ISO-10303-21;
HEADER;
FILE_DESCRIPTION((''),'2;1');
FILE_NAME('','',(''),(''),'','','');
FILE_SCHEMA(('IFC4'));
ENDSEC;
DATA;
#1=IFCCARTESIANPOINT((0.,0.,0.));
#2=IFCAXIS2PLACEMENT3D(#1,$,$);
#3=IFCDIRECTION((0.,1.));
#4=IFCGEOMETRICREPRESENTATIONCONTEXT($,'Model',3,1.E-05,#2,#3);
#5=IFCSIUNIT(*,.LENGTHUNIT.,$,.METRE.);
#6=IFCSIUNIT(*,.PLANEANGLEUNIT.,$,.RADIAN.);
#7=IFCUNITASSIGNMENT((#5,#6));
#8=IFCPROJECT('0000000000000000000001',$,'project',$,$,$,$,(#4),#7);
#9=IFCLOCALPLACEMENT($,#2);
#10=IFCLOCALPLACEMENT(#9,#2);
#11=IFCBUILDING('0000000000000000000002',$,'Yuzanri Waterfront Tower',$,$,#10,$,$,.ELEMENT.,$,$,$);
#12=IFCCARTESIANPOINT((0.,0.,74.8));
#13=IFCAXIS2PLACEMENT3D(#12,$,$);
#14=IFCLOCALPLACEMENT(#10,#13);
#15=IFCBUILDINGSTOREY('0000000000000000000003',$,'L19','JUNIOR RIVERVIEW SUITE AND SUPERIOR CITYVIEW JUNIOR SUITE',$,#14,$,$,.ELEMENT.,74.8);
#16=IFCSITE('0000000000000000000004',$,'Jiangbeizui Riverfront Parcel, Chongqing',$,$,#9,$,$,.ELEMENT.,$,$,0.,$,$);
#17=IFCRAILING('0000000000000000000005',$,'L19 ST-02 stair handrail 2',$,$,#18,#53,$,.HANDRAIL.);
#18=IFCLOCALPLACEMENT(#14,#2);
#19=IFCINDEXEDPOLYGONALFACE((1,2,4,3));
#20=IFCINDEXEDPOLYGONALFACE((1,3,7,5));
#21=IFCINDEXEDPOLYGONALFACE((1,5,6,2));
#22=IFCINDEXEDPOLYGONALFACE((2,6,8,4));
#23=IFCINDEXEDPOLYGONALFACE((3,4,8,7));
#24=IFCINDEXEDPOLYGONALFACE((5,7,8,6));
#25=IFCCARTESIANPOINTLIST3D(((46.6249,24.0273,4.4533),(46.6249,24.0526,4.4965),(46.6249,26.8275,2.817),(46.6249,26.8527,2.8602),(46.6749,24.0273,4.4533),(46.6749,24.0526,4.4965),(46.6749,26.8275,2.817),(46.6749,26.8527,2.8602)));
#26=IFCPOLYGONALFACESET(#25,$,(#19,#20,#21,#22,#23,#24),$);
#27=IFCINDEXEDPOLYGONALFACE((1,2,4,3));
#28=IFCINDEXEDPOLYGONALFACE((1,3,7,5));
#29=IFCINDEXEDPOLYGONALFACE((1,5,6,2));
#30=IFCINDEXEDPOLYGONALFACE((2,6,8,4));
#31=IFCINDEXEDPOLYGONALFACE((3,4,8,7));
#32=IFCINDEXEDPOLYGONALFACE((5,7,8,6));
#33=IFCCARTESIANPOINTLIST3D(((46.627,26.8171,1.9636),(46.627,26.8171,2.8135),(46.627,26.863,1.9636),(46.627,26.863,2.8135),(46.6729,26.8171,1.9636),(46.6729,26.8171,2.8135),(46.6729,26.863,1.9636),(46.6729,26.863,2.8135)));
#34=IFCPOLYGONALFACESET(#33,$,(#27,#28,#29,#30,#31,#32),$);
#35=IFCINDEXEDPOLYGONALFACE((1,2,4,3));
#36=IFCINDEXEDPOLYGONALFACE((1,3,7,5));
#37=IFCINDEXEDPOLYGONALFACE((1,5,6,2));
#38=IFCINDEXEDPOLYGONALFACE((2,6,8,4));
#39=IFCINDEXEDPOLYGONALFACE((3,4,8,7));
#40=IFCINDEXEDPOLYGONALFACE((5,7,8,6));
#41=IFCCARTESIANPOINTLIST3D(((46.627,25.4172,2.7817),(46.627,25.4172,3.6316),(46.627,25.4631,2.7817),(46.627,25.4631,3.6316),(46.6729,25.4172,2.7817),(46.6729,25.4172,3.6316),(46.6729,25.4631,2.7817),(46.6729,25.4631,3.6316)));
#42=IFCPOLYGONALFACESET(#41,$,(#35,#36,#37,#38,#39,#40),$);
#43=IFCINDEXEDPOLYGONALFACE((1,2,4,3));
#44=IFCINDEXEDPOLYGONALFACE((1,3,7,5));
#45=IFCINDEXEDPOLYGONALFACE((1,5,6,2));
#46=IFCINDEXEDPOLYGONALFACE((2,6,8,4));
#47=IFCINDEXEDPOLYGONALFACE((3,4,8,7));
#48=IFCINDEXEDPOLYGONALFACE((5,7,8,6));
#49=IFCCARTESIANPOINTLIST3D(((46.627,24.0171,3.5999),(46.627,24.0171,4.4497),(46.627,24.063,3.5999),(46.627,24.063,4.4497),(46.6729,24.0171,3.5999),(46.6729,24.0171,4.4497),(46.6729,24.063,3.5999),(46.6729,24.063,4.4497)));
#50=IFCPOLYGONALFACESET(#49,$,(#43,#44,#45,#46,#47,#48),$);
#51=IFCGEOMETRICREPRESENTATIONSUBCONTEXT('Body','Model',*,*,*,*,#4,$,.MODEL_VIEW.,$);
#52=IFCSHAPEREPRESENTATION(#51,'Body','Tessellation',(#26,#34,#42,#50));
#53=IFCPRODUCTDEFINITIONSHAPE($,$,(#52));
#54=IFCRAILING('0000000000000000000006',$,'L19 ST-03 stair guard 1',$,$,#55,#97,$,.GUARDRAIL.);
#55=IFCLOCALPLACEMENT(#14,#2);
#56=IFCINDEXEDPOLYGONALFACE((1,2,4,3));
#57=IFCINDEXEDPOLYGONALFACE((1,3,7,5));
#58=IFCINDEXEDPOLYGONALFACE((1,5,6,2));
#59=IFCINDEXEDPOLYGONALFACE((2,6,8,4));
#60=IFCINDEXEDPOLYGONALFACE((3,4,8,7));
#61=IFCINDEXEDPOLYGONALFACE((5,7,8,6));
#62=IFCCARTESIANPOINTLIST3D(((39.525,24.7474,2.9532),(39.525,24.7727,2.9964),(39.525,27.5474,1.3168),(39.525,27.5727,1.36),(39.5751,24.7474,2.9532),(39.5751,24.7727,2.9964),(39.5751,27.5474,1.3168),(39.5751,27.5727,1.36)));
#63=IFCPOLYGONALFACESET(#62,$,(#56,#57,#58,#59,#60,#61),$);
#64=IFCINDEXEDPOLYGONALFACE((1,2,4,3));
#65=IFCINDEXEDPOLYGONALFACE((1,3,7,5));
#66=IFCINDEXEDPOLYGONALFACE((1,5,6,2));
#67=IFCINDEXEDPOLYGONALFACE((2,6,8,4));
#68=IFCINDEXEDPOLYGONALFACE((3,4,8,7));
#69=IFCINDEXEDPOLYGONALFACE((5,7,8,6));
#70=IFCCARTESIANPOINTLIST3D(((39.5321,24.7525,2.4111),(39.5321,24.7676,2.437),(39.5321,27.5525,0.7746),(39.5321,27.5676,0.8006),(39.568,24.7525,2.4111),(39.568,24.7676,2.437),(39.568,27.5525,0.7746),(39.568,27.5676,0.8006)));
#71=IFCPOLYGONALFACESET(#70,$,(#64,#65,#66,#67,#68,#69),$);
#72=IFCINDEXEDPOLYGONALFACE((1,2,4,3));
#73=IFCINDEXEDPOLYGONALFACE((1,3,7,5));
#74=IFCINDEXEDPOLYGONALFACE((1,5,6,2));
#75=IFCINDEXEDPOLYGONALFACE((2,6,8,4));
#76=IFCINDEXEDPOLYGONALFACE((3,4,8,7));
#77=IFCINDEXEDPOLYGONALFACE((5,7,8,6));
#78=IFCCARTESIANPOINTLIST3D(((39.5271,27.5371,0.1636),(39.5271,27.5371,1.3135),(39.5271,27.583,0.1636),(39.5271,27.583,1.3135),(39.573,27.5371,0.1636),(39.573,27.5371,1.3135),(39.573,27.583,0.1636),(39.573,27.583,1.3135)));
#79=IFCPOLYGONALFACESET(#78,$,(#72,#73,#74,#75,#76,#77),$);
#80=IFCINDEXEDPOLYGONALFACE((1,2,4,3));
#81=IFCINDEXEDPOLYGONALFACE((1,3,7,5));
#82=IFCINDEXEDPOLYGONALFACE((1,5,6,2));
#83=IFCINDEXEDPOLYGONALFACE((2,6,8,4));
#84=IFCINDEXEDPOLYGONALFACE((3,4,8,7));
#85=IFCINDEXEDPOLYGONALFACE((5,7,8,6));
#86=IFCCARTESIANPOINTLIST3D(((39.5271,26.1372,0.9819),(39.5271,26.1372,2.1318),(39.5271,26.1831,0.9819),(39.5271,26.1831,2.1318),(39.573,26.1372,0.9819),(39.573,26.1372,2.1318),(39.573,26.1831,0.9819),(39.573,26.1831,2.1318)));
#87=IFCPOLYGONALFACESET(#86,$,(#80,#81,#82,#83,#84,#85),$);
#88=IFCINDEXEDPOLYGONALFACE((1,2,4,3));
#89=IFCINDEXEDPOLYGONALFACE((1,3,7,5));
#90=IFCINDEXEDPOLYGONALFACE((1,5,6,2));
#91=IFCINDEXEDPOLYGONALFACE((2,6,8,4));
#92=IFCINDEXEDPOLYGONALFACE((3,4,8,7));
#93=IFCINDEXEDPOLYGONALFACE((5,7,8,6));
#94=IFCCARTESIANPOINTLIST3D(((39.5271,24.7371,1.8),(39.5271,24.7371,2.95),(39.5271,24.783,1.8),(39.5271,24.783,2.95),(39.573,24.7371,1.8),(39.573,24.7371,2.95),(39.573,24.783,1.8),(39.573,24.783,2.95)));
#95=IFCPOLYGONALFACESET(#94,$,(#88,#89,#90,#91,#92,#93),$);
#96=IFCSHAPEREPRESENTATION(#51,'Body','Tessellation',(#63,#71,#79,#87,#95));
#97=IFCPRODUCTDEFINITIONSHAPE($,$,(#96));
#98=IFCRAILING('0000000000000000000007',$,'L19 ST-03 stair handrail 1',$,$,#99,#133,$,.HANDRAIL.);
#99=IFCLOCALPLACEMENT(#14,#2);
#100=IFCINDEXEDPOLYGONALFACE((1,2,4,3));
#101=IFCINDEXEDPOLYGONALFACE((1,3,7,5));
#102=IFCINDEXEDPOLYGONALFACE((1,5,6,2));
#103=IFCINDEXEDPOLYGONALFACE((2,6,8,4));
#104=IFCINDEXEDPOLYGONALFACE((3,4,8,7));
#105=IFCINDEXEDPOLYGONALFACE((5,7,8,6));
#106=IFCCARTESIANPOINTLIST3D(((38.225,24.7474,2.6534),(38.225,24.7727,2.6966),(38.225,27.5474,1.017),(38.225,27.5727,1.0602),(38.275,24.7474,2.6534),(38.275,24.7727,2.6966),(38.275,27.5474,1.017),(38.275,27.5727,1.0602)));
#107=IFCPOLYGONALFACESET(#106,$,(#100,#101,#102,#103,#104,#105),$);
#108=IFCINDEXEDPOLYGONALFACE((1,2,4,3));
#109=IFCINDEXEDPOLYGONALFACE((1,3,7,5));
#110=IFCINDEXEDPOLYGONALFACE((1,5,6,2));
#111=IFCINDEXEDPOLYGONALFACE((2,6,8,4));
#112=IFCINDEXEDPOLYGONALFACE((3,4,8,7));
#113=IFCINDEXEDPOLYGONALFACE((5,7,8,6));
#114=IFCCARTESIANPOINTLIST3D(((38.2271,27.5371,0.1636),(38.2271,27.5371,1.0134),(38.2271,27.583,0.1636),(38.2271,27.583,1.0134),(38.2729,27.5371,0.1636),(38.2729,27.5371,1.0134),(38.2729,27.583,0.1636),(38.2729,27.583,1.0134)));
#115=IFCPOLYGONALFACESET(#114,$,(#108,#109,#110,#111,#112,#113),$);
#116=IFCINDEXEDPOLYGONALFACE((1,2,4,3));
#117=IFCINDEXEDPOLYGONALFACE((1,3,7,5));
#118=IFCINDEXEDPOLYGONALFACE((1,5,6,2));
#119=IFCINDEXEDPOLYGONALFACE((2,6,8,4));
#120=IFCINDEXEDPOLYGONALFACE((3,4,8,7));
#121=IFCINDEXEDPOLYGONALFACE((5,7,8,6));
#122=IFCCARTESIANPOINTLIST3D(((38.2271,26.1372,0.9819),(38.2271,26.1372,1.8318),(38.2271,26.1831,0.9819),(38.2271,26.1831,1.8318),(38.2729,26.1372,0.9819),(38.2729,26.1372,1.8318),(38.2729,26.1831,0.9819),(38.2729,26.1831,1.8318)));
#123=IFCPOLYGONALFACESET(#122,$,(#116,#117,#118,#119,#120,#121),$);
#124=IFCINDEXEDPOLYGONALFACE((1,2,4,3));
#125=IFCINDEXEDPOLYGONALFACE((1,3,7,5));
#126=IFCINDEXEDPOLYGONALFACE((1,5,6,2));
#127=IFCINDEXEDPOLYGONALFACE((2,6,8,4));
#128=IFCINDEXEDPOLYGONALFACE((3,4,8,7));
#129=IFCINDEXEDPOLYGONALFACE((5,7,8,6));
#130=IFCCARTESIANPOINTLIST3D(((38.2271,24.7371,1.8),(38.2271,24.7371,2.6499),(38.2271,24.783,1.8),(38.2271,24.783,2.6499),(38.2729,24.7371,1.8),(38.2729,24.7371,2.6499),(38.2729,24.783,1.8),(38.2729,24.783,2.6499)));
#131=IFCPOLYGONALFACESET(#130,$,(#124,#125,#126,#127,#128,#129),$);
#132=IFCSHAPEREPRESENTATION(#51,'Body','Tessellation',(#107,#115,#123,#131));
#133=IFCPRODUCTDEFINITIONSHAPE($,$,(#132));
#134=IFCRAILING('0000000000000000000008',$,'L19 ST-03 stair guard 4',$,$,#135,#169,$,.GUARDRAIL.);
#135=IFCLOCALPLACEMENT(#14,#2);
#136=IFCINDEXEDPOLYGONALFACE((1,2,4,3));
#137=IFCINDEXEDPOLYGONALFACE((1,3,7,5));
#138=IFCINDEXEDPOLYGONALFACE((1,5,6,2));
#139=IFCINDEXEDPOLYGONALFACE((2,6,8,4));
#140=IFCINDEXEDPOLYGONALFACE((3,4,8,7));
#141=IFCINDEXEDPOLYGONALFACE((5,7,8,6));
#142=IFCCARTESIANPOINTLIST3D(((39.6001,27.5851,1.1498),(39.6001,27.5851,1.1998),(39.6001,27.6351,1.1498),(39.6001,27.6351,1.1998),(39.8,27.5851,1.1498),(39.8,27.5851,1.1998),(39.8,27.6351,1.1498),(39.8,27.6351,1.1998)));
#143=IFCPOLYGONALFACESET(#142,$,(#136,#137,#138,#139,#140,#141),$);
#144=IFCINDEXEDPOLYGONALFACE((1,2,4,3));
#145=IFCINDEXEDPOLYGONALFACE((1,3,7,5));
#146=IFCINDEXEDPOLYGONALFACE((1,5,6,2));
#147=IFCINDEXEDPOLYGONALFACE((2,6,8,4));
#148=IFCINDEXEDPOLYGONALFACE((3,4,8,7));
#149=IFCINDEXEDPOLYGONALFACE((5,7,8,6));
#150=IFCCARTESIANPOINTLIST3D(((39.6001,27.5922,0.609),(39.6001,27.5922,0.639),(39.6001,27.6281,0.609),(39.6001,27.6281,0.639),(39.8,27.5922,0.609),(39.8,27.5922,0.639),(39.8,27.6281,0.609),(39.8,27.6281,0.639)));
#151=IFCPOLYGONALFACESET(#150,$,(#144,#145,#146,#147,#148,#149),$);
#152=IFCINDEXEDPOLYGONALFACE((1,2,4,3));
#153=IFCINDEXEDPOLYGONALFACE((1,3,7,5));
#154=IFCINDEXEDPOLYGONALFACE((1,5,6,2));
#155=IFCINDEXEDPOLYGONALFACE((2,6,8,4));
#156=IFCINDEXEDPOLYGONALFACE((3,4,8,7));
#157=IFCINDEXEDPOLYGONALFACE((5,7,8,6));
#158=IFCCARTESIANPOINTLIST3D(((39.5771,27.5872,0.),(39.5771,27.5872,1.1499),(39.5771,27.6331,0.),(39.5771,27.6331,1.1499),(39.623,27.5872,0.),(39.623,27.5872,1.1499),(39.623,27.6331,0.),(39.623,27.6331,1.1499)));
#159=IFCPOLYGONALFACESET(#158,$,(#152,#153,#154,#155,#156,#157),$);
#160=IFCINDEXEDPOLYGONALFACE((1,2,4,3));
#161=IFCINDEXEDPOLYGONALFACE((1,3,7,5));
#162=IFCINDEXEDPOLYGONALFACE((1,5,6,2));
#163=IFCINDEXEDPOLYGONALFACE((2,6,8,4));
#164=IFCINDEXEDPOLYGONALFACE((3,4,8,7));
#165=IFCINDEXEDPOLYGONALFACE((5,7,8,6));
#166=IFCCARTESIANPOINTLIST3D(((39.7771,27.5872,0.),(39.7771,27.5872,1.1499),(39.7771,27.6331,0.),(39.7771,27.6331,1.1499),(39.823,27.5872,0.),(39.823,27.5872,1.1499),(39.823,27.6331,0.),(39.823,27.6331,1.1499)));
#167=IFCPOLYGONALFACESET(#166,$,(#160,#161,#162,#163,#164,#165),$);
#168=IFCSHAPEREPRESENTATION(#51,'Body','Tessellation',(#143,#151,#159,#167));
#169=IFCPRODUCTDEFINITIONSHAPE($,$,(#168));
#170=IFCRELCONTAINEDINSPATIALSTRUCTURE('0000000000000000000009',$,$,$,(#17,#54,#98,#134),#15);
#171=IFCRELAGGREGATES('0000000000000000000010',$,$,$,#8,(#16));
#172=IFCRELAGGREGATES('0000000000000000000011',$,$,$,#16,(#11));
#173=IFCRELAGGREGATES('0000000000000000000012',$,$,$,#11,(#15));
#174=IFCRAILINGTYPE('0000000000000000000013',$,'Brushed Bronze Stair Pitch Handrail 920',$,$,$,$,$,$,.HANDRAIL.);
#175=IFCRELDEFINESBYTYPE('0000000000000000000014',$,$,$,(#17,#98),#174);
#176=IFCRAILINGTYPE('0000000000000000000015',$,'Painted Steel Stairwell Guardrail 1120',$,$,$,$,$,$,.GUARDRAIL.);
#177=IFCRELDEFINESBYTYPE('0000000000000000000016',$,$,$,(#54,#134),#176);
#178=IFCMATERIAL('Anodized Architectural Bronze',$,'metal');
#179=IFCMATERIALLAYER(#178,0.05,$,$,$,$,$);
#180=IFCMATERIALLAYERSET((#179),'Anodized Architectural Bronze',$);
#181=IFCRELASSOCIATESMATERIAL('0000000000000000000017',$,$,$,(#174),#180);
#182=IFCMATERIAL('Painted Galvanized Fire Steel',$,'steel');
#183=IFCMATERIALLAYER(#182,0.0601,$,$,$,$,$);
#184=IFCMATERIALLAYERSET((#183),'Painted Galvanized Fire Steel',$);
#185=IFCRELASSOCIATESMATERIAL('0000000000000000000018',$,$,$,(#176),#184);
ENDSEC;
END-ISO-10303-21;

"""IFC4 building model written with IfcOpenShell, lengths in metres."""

from ifc_helpers import new_model, si_unit, direction, frame, origin, origin_2d, place, context, subcontext, project, spatial, rectangle, extrude, source, transform, mapped, material, layer, layer_set, type_object, element, save


model = new_model("IFC4")

# Units and contexts
model_context = context("Model", 3, precision=1e-05, world=origin(), true_north=direction((0.0, 1.0)))
body_context = subcontext(model_context, "Body", "Model", "MODEL_VIEW")
ifc_project = project(units=[si_unit("LENGTHUNIT", "METRE"), si_unit("PLANEANGLEUNIT", "RADIAN")], contexts=[model_context])

# Site, building, storey
site_placement = place(None, origin())
site = spatial("IfcSite", under=ifc_project, at=site_placement, Name="Jiangbeizui Riverfront Parcel, Chongqing", CompositionType="ELEMENT", RefElevation=0.0)
building_placement = place(site_placement, origin())
building = spatial("IfcBuilding", under=site, at=building_placement, Name="Yuzanri Waterfront Tower", CompositionType="ELEMENT")
storey_placement = place(building_placement, frame((0.0, 0.0, 74.8)))
storey = spatial("IfcBuildingStorey", under=building, at=storey_placement, Name="L19", Description="JUNIOR RIVERVIEW SUITE AND SUPERIOR CITYVIEW JUNIOR SUITE", CompositionType="ELEMENT", Elevation=74.8)

# Railings
ifc_material_1 = material(Name="Anodized Architectural Bronze", Category="metal")
ifc_layer_1 = layer(ifc_material_1, 0.05)
ifc_layer_set_1 = layer_set([ifc_layer_1], Name="Anodized Architectural Bronze")
railing_type_1 = type_object("IfcRailingType", Name="Brushed Bronze Stair Pitch Handrail 920", PredefinedType="HANDRAIL", material=ifc_layer_set_1)
shared_shape_1 = source(origin(), body_context, "Body", "SweptSolid", [
    extrude(rectangle(XDim=0.05, YDim=0.05, at=origin_2d()), frame((0.0, 0.0, 0.875), z_axis=(0.0, -0.863394, 0.504531), x_axis=(1.0, 0.0, 0.0)), (0.0, 0.0, 1.0), 3.2432),
    extrude(rectangle(XDim=0.0459, YDim=0.0459, at=origin_2d()), origin(), (0.0, 0.0, 1.0), 0.8499),
    extrude(rectangle(XDim=0.0459, YDim=0.0459, at=origin_2d()), frame((0.0, -1.3999, 0.8181)), (0.0, 0.0, 1.0), 0.8499),
    extrude(rectangle(XDim=0.0459, YDim=0.0459, at=origin_2d()), frame((0.0, -2.8, 1.6362)), (0.0, 0.0, 1.0), 0.8499),
])
railing_1_placement = place(storey_placement, frame((46.6499, 26.8401, 1.9636)))
element("IfcRailing", 1, at=railing_1_placement, inside=storey, type_object=railing_type_1, Name="L19 ST-02 stair handrail 2", PredefinedType="HANDRAIL", context=body_context, shape_type="MappedRepresentation", body=[
    mapped(shared_shape_1, transform((0.0, 0.0, 0.0), scale=1.0)),
])
ifc_material_2 = material(Name="Painted Galvanized Fire Steel", Category="steel")
ifc_layer_2 = layer(ifc_material_2, 0.0601)
ifc_layer_set_2 = layer_set([ifc_layer_2], Name="Painted Galvanized Fire Steel")
railing_type_2 = type_object("IfcRailingType", Name="Painted Steel Stairwell Guardrail 1120", PredefinedType="GUARDRAIL", material=ifc_layer_set_2)
shared_shape_2 = source(origin(), body_context, "Body", "SweptSolid", [
    extrude(rectangle(XDim=0.05, YDim=0.05, at=origin_2d()), frame((0.0, 0.0, 1.1748), z_axis=(0.0, -0.863361, 0.504587), x_axis=(1.0, 0.0, 0.0)), (0.0, 0.0, 1.0), 3.2432),
    extrude(rectangle(XDim=0.0359, YDim=0.03, at=origin_2d()), frame((0.0, 0.0, 0.624), z_axis=(0.0, -0.863361, 0.504587), x_axis=(1.0, 0.0, 0.0)), (0.0, 0.0, 1.0), 3.2432),
    extrude(rectangle(XDim=0.0459, YDim=0.0459, at=origin_2d()), origin(), (0.0, 0.0, 1.0), 1.1499),
    extrude(rectangle(XDim=0.0459, YDim=0.0459, at=origin_2d()), frame((0.0, -1.3999, 0.8184)), (0.0, 0.0, 1.0), 1.1499),
    extrude(rectangle(XDim=0.0459, YDim=0.0459, at=origin_2d()), frame((0.0, -2.8, 1.6365)), (0.0, 0.0, 1.0), 1.1499),
])
railing_2_placement = place(storey_placement, frame((39.55, 27.5601, 0.1636)))
element("IfcRailing", 2, at=railing_2_placement, inside=storey, type_object=railing_type_2, Name="L19 ST-03 stair guard 1", PredefinedType="GUARDRAIL", context=body_context, shape_type="MappedRepresentation", body=[
    mapped(shared_shape_2, transform((0.0, 0.0, 0.0), scale=1.0)),
])
shared_shape_3 = source(origin(), body_context, "Body", "SweptSolid", [
    extrude(rectangle(XDim=0.05, YDim=0.05, at=origin_2d()), frame((0.0, 0.0, 0.875), z_axis=(0.0, -0.863361, 0.504587), x_axis=(1.0, 0.0, 0.0)), (0.0, 0.0, 1.0), 3.2432),
    extrude(rectangle(XDim=0.0459, YDim=0.0459, at=origin_2d()), origin(), (0.0, 0.0, 1.0), 0.8499),
    extrude(rectangle(XDim=0.0459, YDim=0.0459, at=origin_2d()), frame((0.0, -1.3999, 0.8184)), (0.0, 0.0, 1.0), 0.8499),
    extrude(rectangle(XDim=0.0459, YDim=0.0459, at=origin_2d()), frame((0.0, -2.8, 1.6365)), (0.0, 0.0, 1.0), 0.8499),
])
railing_3_placement = place(storey_placement, frame((38.25, 27.5601, 0.1636)))
element("IfcRailing", 3, at=railing_3_placement, inside=storey, type_object=railing_type_1, Name="L19 ST-03 stair handrail 1", PredefinedType="HANDRAIL", context=body_context, shape_type="MappedRepresentation", body=[
    mapped(shared_shape_3, transform((0.0, 0.0, 0.0), scale=1.0)),
])
shared_shape_4 = source(origin(), body_context, "Body", "SweptSolid", [
    extrude(rectangle(XDim=0.05, YDim=0.05, at=origin_2d()), frame((0.0, 0.0, 1.1748), z_axis=(1.0, 0.0, 0.0), x_axis=(0.0, 1.0, 0.0)), (0.0, 0.0, 1.0), 0.2),
    extrude(rectangle(XDim=0.0359, YDim=0.03, at=origin_2d()), frame((0.0, 0.0, 0.624), z_axis=(1.0, 0.0, 0.0), x_axis=(0.0, 1.0, 0.0)), (0.0, 0.0, 1.0), 0.2),
    extrude(rectangle(XDim=0.0459, YDim=0.0459, at=origin_2d()), origin(), (0.0, 0.0, 1.0), 1.1499),
    extrude(rectangle(XDim=0.0459, YDim=0.0459, at=origin_2d()), frame((0.2, 0.0, 0.0)), (0.0, 0.0, 1.0), 1.1499),
])
railing_4_placement = place(storey_placement, frame((39.6001, 27.6101, 0.0)))
element("IfcRailing", 4, at=railing_4_placement, inside=storey, type_object=railing_type_2, Name="L19 ST-03 stair guard 4", PredefinedType="GUARDRAIL", context=body_context, shape_type="MappedRepresentation", body=[
    mapped(shared_shape_4, transform((0.0, 0.0, 0.0), scale=1.0)),
])

save(model, "model.ifc")
